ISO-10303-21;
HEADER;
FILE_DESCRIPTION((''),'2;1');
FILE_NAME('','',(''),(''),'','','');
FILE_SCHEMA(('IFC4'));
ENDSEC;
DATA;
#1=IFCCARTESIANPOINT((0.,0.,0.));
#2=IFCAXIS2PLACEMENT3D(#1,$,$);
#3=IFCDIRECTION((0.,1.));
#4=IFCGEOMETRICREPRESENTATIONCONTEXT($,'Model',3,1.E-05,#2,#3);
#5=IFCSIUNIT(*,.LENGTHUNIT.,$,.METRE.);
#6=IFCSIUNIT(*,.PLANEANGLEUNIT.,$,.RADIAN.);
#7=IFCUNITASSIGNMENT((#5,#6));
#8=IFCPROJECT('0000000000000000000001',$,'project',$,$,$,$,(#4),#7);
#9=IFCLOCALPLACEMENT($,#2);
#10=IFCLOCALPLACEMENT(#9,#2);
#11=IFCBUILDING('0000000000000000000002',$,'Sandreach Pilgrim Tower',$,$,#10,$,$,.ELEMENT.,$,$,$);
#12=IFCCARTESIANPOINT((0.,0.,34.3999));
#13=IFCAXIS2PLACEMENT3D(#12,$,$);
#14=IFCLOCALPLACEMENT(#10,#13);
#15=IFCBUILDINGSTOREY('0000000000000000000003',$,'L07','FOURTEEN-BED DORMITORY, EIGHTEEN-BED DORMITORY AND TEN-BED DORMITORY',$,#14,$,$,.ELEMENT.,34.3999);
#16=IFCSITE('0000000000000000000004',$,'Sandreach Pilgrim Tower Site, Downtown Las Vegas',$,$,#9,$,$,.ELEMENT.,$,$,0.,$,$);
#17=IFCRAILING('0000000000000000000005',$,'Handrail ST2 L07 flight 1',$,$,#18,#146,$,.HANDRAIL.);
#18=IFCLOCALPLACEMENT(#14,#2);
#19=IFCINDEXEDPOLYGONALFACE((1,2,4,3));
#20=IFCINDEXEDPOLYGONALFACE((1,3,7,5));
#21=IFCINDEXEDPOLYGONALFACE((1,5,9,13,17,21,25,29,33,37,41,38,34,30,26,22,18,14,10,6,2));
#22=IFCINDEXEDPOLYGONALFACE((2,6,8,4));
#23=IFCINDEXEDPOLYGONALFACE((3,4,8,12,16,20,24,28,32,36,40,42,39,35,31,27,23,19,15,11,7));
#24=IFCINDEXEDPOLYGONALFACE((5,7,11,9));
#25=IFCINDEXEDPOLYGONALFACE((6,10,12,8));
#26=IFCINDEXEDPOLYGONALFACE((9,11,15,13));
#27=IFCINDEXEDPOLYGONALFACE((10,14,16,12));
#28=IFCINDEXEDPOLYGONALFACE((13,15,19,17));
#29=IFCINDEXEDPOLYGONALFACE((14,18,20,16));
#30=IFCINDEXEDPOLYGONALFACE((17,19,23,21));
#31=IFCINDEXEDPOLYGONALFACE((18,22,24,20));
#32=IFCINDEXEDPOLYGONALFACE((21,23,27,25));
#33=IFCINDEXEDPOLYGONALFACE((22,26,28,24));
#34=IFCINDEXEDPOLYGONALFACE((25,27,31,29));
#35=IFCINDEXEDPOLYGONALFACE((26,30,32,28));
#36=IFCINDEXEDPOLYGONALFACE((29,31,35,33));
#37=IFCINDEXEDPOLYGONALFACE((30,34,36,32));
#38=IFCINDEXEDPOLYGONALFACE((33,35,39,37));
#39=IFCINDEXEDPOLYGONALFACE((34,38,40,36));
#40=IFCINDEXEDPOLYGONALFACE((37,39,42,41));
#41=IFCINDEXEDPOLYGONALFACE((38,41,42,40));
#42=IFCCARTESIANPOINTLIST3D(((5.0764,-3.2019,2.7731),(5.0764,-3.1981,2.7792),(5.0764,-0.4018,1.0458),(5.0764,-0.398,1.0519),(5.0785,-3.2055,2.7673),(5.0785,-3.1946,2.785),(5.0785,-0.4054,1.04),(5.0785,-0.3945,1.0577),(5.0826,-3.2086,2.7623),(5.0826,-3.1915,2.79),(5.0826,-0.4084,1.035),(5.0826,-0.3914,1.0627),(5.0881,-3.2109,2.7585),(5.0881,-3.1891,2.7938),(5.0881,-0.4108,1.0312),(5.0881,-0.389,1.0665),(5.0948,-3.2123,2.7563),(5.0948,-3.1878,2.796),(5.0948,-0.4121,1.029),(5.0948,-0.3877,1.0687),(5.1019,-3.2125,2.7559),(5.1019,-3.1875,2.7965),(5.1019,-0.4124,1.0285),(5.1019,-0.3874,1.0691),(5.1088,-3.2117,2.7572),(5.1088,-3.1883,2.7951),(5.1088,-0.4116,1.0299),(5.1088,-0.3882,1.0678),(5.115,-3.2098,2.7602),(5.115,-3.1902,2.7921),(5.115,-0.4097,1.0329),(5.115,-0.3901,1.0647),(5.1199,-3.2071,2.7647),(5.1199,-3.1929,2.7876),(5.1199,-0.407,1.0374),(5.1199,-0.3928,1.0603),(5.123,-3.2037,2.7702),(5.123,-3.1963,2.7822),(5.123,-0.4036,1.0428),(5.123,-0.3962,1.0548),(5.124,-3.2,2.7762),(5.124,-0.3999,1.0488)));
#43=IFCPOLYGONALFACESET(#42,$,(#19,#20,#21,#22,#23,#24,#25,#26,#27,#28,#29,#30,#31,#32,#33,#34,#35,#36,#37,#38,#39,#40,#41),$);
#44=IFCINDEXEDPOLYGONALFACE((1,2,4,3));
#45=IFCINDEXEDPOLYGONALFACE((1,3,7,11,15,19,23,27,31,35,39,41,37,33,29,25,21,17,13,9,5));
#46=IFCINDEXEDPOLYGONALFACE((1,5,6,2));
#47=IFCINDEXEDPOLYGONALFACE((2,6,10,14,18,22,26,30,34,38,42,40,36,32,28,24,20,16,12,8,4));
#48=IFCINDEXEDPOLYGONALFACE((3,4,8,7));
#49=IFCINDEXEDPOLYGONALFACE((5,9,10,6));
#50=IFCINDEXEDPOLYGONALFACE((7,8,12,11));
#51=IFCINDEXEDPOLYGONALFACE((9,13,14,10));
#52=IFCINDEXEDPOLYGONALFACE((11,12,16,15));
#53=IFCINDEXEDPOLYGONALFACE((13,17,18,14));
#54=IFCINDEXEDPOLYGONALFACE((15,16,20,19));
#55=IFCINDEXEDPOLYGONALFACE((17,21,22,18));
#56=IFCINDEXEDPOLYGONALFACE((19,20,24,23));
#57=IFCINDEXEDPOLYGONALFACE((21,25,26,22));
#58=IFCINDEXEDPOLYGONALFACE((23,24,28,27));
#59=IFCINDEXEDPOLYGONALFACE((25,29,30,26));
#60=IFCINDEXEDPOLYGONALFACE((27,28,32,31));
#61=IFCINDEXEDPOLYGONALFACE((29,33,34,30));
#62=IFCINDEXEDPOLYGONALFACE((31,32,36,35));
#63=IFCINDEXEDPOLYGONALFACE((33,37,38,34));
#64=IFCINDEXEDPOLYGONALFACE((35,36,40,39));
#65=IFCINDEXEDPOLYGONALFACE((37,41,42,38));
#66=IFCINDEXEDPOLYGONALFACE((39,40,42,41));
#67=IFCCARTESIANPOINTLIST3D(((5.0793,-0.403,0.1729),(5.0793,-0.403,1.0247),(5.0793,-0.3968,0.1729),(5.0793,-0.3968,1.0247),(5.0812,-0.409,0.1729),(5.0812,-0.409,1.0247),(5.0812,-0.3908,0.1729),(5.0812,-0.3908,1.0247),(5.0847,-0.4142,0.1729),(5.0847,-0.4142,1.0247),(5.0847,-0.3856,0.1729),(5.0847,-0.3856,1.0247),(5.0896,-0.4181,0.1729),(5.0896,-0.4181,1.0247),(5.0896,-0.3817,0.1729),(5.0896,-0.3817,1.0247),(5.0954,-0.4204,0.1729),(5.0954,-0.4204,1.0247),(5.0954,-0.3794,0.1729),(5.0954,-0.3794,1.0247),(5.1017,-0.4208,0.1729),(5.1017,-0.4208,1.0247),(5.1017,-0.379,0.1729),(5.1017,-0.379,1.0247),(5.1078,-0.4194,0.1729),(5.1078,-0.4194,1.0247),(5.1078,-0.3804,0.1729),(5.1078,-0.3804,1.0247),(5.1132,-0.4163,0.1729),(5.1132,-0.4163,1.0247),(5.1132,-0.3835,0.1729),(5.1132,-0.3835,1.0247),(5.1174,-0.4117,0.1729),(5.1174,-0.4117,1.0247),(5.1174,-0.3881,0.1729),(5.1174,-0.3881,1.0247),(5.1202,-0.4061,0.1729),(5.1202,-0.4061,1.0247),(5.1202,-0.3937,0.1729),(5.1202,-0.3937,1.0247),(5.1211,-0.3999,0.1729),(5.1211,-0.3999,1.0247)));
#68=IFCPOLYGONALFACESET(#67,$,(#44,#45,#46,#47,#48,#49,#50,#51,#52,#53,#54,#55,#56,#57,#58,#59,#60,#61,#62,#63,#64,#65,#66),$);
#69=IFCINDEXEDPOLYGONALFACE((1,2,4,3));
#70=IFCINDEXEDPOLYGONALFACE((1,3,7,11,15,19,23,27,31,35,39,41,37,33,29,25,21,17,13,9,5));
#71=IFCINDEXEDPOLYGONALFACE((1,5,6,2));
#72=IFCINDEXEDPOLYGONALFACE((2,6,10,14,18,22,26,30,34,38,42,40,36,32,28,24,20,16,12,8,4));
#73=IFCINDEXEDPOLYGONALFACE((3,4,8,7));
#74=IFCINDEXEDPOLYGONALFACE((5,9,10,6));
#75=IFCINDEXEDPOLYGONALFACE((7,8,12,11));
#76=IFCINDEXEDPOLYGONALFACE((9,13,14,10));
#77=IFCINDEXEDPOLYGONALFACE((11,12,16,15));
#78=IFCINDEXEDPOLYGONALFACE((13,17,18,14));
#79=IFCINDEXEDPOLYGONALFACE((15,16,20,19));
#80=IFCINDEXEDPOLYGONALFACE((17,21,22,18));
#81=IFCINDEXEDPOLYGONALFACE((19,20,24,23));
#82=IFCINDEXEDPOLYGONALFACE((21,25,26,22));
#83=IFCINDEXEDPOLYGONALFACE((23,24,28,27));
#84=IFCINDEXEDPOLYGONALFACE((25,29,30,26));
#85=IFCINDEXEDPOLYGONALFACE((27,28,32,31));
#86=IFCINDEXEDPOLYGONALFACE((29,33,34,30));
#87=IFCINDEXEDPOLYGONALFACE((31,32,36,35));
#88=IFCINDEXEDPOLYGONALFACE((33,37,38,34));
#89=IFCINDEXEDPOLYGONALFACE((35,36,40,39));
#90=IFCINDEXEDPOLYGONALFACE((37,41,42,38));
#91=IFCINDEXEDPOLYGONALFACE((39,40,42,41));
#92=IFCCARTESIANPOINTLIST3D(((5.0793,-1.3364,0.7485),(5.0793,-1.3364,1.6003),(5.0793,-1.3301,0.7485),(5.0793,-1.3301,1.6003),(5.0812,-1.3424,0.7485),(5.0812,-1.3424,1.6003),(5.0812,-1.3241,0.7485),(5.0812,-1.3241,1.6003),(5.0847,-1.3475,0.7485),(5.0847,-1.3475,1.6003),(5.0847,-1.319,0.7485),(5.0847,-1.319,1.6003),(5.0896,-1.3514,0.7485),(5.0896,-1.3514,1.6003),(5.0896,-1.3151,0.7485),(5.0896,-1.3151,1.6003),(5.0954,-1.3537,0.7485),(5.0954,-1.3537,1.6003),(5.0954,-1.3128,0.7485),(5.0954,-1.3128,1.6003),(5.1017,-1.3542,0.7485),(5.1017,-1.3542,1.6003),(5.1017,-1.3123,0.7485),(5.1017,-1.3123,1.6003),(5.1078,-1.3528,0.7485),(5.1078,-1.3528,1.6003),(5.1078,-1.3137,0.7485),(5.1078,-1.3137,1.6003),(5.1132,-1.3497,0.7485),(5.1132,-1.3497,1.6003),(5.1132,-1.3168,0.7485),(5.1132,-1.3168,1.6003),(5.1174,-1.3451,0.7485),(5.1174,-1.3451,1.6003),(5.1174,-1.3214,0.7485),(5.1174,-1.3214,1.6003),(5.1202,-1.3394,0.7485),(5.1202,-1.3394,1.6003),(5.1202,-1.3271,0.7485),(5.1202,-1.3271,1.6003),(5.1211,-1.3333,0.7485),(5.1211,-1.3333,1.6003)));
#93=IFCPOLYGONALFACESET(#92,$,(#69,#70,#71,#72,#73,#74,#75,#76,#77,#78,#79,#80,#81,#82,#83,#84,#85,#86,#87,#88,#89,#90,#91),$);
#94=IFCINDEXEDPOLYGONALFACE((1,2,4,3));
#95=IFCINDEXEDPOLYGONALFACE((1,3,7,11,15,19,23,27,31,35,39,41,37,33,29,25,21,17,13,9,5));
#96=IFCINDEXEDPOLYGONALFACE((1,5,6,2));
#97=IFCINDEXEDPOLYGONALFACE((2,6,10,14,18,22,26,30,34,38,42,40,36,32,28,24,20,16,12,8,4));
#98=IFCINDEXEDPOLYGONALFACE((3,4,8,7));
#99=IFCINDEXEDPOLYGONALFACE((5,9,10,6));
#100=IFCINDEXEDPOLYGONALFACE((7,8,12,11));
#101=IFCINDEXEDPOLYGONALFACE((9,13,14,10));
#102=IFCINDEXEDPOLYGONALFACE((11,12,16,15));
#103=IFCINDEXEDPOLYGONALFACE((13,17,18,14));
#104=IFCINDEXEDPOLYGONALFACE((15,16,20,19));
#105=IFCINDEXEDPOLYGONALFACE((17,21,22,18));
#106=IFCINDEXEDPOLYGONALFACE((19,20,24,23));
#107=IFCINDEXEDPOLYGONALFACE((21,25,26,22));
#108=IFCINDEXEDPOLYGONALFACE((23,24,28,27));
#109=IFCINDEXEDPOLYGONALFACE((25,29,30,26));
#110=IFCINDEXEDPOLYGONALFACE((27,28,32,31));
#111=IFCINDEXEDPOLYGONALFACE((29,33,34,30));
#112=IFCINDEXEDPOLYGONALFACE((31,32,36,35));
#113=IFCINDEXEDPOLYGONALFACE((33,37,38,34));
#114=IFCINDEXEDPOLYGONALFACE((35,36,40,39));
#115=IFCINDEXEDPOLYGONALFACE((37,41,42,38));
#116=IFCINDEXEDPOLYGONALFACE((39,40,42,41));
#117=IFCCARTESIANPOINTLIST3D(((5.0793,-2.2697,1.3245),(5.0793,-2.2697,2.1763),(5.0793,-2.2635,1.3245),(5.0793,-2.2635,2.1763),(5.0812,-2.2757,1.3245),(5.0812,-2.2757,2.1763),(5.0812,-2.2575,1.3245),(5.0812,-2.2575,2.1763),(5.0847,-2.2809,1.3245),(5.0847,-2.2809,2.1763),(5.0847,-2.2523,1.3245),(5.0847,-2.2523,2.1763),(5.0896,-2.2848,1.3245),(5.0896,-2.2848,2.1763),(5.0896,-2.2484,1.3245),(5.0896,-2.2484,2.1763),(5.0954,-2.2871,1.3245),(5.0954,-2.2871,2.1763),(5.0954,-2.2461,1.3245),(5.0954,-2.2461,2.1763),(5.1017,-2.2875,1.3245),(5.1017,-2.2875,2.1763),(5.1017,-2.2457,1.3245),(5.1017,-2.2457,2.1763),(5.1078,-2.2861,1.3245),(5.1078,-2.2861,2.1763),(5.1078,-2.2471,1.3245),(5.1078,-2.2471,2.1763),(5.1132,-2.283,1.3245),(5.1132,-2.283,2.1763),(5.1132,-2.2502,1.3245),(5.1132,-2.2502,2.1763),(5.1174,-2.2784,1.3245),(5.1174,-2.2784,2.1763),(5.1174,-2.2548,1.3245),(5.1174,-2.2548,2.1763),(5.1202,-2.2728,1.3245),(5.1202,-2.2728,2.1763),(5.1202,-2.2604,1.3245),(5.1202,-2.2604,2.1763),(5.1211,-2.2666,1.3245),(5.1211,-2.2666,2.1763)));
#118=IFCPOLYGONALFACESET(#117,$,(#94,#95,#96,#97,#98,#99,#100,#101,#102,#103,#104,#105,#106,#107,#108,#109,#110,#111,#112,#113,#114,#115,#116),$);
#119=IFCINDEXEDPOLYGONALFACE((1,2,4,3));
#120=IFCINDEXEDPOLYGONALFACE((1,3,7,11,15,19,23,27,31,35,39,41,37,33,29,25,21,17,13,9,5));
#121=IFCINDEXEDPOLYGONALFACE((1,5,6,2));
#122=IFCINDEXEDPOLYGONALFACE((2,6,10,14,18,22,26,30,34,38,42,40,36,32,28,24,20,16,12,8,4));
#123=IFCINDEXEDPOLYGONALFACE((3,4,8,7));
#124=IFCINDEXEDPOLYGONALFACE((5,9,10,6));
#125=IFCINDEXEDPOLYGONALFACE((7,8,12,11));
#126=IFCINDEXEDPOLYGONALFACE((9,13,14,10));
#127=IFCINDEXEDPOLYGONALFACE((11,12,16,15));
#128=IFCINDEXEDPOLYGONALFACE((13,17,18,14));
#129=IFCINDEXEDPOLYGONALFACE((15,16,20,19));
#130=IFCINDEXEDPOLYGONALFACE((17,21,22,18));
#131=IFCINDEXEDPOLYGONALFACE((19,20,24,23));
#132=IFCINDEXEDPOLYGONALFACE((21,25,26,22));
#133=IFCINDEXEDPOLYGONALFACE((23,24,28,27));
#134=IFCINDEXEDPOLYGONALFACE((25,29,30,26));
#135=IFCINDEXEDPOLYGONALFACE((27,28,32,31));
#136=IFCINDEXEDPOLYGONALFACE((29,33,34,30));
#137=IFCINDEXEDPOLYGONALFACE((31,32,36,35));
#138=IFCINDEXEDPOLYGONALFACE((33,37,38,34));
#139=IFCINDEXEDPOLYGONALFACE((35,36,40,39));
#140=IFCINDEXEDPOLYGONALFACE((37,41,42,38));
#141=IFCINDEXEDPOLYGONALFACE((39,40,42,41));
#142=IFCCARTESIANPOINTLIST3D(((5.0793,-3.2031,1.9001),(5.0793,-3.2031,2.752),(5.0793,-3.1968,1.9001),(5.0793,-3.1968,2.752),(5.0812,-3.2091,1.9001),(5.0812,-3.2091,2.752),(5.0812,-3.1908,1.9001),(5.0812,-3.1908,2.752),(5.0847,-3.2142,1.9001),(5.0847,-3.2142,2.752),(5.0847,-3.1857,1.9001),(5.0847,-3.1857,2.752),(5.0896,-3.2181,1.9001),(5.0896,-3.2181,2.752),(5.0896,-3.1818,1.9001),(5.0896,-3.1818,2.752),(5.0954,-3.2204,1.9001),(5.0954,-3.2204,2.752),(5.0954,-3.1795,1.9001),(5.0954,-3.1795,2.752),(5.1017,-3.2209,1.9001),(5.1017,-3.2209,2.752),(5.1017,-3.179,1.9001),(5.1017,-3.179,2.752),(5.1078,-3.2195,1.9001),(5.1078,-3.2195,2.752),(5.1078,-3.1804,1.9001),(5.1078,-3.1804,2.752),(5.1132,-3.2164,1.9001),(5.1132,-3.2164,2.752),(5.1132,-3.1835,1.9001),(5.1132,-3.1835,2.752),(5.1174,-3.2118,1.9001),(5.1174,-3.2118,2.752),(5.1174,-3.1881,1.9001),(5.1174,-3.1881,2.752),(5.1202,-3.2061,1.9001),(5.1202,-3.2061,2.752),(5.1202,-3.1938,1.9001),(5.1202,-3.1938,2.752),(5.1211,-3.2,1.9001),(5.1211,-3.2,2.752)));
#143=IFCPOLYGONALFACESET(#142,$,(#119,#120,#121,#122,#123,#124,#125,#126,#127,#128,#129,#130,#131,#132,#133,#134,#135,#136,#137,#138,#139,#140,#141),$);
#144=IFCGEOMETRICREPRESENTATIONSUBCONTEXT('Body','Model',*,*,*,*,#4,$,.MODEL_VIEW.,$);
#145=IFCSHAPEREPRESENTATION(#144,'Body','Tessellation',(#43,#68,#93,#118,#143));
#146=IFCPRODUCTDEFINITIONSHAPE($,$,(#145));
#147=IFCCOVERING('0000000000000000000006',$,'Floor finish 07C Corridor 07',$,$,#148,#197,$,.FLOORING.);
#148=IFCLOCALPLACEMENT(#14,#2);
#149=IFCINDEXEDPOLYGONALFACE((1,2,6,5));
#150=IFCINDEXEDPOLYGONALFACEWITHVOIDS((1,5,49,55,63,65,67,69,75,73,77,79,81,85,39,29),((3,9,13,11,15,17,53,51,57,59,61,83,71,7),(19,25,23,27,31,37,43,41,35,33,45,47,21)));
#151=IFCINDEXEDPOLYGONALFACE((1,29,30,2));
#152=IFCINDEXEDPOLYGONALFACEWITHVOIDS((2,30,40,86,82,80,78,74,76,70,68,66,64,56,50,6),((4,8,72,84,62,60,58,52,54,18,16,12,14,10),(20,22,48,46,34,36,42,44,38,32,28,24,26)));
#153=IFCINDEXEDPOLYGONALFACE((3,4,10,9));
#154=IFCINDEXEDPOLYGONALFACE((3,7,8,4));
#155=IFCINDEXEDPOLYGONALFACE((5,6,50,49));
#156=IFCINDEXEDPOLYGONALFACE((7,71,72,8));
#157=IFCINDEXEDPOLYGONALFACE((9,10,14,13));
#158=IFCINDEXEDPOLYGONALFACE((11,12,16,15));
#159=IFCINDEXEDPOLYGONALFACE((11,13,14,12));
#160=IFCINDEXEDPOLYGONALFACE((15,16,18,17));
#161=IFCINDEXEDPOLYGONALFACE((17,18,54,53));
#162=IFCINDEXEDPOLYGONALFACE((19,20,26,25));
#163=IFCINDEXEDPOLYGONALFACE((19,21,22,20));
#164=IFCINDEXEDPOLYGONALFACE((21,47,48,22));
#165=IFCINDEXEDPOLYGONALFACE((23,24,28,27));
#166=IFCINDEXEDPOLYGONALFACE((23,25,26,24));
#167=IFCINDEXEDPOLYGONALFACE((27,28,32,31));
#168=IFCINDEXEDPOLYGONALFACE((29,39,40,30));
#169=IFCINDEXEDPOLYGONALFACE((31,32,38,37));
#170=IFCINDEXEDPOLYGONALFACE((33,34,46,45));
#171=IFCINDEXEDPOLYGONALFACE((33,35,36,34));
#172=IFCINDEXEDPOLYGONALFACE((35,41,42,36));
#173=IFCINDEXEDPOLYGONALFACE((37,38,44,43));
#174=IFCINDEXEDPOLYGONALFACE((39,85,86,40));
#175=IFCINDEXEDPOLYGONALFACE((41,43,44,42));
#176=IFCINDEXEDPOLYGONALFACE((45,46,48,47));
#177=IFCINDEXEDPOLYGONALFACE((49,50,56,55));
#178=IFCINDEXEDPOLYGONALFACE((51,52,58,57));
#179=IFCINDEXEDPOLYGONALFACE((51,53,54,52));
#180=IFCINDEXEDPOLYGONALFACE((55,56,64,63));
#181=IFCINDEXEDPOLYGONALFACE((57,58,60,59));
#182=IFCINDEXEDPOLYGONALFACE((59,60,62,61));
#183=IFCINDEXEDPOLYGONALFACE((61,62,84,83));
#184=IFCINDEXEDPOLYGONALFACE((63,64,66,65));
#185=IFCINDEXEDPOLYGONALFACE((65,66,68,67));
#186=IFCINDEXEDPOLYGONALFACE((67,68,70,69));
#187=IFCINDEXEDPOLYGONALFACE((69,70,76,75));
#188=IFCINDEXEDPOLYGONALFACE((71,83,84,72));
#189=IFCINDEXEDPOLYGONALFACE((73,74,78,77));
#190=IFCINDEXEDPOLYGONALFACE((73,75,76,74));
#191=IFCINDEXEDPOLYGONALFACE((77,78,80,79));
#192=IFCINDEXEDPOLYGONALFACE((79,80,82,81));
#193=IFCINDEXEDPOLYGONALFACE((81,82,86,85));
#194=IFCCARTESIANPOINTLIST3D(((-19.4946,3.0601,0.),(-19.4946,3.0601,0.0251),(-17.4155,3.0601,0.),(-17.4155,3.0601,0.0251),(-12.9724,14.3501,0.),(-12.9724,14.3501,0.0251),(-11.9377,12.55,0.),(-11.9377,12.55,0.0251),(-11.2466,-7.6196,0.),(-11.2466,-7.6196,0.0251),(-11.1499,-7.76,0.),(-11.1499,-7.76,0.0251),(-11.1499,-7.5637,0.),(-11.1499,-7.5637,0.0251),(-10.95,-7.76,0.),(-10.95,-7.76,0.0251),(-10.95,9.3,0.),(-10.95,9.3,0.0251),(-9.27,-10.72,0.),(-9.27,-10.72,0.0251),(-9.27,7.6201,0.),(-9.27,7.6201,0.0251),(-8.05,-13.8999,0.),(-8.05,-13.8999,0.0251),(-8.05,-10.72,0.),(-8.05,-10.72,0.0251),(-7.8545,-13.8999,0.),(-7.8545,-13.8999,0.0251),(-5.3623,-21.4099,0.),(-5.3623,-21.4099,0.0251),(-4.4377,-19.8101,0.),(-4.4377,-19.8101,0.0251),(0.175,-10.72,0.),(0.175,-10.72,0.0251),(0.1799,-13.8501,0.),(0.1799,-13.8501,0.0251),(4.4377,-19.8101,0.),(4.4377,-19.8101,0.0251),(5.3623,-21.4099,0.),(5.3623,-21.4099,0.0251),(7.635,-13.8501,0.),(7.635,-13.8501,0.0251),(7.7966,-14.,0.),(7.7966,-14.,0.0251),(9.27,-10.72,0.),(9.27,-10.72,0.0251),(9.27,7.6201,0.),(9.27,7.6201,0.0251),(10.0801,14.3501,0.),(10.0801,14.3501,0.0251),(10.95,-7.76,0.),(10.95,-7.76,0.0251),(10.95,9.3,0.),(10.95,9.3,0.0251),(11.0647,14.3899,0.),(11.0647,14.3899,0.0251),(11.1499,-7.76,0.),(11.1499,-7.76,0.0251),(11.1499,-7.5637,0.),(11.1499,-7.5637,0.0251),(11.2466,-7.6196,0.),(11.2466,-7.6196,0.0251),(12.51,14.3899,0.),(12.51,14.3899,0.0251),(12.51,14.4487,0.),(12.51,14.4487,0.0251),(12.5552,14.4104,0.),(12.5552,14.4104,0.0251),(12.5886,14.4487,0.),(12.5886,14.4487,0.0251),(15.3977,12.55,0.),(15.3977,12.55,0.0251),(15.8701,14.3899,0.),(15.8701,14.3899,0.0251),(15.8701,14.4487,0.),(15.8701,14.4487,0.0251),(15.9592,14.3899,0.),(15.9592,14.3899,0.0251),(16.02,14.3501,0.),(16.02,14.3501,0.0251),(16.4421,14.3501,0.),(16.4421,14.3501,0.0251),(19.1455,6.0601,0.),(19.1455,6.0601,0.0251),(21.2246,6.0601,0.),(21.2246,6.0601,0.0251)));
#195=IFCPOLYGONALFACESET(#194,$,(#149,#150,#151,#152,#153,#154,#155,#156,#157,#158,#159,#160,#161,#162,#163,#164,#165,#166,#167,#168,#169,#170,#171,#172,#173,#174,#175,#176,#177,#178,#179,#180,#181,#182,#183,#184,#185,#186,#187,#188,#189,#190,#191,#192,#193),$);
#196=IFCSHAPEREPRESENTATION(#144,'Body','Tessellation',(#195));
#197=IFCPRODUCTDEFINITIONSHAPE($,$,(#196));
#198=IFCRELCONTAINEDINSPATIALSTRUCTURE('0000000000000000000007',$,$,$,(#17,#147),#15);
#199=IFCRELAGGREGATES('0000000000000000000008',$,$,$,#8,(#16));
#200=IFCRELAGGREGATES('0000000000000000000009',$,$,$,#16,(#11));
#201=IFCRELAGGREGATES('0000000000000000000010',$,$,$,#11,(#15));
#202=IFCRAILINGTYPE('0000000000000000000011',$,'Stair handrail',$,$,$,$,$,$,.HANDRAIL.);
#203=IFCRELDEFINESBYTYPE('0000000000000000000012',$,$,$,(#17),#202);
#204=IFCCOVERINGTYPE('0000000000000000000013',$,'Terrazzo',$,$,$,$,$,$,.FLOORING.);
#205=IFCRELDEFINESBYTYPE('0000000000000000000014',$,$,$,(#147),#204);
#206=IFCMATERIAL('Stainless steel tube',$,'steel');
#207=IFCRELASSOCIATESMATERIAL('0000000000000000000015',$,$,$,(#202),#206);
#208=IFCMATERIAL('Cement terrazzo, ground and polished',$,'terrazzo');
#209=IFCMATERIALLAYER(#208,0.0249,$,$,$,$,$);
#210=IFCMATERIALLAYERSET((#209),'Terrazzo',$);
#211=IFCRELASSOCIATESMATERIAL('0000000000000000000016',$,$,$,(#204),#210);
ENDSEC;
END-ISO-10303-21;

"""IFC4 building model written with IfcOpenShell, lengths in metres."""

from ifc_helpers import new_model, si_unit, direction, frame, origin, origin_2d, place, context, subcontext, project, spatial, polyline, circle, outline, extrude, material, layer, layer_set, type_object, element, save


model = new_model("IFC4")

# Units and contexts
model_context = context("Model", 3, precision=1e-05, world=origin(), true_north=direction((0.0, 1.0)))
body_context = subcontext(model_context, "Body", "Model", "MODEL_VIEW")
ifc_project = project(units=[si_unit("LENGTHUNIT", "METRE"), si_unit("PLANEANGLEUNIT", "RADIAN")], contexts=[model_context])

# Site, building, storey
site_placement = place(None, origin())
site = spatial("IfcSite", under=ifc_project, at=site_placement, Name="Sandreach Pilgrim Tower Site, Downtown Las Vegas", CompositionType="ELEMENT", RefElevation=0.0)
building_placement = place(site_placement, origin())
building = spatial("IfcBuilding", under=site, at=building_placement, Name="Sandreach Pilgrim Tower", CompositionType="ELEMENT")
storey_placement = place(building_placement, frame((0.0, 0.0, 34.3999)))
storey = spatial("IfcBuildingStorey", under=building, at=storey_placement, Name="L07", Description="FOURTEEN-BED DORMITORY, EIGHTEEN-BED DORMITORY AND TEN-BED DORMITORY", CompositionType="ELEMENT", Elevation=34.3999)

# Railing
ifc_material_1 = material(Name="Stainless steel tube", Category="steel")
railing_type = type_object("IfcRailingType", Name="Stair handrail", PredefinedType="HANDRAIL", material=ifc_material_1)
for number, where, name in (
    (1, (5.1001, -0.3999, 0.1729), "Handrail ST2 L07 flight 1"),
):
    element("IfcRailing", number, at=place(storey_placement, frame(where)), inside=storey, type_object=railing_type, Name=name, PredefinedType="HANDRAIL", context=body_context, shape_type="SweptSolid", body=[
        extrude(circle(Radius=0.0239, at=origin_2d()), frame((0.0, 0.0, 0.876), z_axis=(0.0, -0.85109, 0.52502), x_axis=(1.0, 0.0, 0.0)), (0.0, 0.0, 1.0), 3.29),
        extrude(circle(Radius=0.021, at=origin_2d()), origin(), (0.0, 0.0, 1.0), 0.8518),
        extrude(circle(Radius=0.021, at=origin_2d()), frame((0.0, -0.9333, 0.5757)), (0.0, 0.0, 1.0), 0.8518),
        extrude(circle(Radius=0.021, at=origin_2d()), frame((0.0, -1.8667, 1.1516)), (0.0, 0.0, 1.0), 0.8518),
        extrude(circle(Radius=0.021, at=origin_2d()), frame((0.0, -2.8, 1.7273)), (0.0, 0.0, 1.0), 0.8518),
    ])

# Covering
ifc_material_2 = material(Name="Cement terrazzo, ground and polished", Category="terrazzo")
ifc_layer_1 = layer(ifc_material_2, 0.0249)
ifc_layer_set_1 = layer_set([ifc_layer_1], Name="Terrazzo")
covering_type_1 = type_object("IfcCoveringType", Name="Terrazzo", PredefinedType="FLOORING", material=ifc_layer_set_1)
covering_1_placement = place(storey_placement, origin())
element("IfcCovering", 2, at=covering_1_placement, inside=storey, type_object=covering_type_1, Name="Floor finish 07C Corridor 07", PredefinedType="FLOORING", context=body_context, shape_type="SweptSolid", body=[
    extrude(outline(polyline([(-12.9724, 14.3501), (10.0801, 14.3501), (11.0647, 14.3899), (12.51, 14.3899), (12.51, 14.4487), (12.5552, 14.4104), (12.5886, 14.4487), (15.8701, 14.4487), (15.8701, 14.3899), (15.9592, 14.3899), (16.02, 14.3501), (16.4421, 14.3501), (21.2246, 6.0601), (5.3623, -21.4099), (-5.3623, -21.4099), (-19.4946, 3.0601), (-12.9724, 14.3501)]), holes=[polyline([(-17.4155, 3.0601), (-11.2466, -7.6196), (-11.1499, -7.5637), (-11.1499, -7.76), (-10.95, -7.76), (-10.95, 9.3), (10.95, 9.3), (10.95, -7.76), (11.1499, -7.76), (11.1499, -7.5637), (11.2466, -7.6196), (19.1455, 6.0601), (15.3977, 12.55), (-11.9377, 12.55), (-17.4155, 3.0601)]), polyline([(-8.05, -10.72), (-8.05, -13.8999), (-7.8545, -13.8999), (-4.4377, -19.8101), (4.4377, -19.8101), (7.7966, -14.0), (7.635, -13.8501), (0.1799, -13.8501), (0.175, -10.72), (9.27, -10.72), (9.27, 7.6201), (-9.27, 7.6201), (-9.27, -10.72), (-8.05, -10.72)])]), origin(), (0.0, 0.0, 1.0), 0.0251),
])

save(model, "model.ifc")
